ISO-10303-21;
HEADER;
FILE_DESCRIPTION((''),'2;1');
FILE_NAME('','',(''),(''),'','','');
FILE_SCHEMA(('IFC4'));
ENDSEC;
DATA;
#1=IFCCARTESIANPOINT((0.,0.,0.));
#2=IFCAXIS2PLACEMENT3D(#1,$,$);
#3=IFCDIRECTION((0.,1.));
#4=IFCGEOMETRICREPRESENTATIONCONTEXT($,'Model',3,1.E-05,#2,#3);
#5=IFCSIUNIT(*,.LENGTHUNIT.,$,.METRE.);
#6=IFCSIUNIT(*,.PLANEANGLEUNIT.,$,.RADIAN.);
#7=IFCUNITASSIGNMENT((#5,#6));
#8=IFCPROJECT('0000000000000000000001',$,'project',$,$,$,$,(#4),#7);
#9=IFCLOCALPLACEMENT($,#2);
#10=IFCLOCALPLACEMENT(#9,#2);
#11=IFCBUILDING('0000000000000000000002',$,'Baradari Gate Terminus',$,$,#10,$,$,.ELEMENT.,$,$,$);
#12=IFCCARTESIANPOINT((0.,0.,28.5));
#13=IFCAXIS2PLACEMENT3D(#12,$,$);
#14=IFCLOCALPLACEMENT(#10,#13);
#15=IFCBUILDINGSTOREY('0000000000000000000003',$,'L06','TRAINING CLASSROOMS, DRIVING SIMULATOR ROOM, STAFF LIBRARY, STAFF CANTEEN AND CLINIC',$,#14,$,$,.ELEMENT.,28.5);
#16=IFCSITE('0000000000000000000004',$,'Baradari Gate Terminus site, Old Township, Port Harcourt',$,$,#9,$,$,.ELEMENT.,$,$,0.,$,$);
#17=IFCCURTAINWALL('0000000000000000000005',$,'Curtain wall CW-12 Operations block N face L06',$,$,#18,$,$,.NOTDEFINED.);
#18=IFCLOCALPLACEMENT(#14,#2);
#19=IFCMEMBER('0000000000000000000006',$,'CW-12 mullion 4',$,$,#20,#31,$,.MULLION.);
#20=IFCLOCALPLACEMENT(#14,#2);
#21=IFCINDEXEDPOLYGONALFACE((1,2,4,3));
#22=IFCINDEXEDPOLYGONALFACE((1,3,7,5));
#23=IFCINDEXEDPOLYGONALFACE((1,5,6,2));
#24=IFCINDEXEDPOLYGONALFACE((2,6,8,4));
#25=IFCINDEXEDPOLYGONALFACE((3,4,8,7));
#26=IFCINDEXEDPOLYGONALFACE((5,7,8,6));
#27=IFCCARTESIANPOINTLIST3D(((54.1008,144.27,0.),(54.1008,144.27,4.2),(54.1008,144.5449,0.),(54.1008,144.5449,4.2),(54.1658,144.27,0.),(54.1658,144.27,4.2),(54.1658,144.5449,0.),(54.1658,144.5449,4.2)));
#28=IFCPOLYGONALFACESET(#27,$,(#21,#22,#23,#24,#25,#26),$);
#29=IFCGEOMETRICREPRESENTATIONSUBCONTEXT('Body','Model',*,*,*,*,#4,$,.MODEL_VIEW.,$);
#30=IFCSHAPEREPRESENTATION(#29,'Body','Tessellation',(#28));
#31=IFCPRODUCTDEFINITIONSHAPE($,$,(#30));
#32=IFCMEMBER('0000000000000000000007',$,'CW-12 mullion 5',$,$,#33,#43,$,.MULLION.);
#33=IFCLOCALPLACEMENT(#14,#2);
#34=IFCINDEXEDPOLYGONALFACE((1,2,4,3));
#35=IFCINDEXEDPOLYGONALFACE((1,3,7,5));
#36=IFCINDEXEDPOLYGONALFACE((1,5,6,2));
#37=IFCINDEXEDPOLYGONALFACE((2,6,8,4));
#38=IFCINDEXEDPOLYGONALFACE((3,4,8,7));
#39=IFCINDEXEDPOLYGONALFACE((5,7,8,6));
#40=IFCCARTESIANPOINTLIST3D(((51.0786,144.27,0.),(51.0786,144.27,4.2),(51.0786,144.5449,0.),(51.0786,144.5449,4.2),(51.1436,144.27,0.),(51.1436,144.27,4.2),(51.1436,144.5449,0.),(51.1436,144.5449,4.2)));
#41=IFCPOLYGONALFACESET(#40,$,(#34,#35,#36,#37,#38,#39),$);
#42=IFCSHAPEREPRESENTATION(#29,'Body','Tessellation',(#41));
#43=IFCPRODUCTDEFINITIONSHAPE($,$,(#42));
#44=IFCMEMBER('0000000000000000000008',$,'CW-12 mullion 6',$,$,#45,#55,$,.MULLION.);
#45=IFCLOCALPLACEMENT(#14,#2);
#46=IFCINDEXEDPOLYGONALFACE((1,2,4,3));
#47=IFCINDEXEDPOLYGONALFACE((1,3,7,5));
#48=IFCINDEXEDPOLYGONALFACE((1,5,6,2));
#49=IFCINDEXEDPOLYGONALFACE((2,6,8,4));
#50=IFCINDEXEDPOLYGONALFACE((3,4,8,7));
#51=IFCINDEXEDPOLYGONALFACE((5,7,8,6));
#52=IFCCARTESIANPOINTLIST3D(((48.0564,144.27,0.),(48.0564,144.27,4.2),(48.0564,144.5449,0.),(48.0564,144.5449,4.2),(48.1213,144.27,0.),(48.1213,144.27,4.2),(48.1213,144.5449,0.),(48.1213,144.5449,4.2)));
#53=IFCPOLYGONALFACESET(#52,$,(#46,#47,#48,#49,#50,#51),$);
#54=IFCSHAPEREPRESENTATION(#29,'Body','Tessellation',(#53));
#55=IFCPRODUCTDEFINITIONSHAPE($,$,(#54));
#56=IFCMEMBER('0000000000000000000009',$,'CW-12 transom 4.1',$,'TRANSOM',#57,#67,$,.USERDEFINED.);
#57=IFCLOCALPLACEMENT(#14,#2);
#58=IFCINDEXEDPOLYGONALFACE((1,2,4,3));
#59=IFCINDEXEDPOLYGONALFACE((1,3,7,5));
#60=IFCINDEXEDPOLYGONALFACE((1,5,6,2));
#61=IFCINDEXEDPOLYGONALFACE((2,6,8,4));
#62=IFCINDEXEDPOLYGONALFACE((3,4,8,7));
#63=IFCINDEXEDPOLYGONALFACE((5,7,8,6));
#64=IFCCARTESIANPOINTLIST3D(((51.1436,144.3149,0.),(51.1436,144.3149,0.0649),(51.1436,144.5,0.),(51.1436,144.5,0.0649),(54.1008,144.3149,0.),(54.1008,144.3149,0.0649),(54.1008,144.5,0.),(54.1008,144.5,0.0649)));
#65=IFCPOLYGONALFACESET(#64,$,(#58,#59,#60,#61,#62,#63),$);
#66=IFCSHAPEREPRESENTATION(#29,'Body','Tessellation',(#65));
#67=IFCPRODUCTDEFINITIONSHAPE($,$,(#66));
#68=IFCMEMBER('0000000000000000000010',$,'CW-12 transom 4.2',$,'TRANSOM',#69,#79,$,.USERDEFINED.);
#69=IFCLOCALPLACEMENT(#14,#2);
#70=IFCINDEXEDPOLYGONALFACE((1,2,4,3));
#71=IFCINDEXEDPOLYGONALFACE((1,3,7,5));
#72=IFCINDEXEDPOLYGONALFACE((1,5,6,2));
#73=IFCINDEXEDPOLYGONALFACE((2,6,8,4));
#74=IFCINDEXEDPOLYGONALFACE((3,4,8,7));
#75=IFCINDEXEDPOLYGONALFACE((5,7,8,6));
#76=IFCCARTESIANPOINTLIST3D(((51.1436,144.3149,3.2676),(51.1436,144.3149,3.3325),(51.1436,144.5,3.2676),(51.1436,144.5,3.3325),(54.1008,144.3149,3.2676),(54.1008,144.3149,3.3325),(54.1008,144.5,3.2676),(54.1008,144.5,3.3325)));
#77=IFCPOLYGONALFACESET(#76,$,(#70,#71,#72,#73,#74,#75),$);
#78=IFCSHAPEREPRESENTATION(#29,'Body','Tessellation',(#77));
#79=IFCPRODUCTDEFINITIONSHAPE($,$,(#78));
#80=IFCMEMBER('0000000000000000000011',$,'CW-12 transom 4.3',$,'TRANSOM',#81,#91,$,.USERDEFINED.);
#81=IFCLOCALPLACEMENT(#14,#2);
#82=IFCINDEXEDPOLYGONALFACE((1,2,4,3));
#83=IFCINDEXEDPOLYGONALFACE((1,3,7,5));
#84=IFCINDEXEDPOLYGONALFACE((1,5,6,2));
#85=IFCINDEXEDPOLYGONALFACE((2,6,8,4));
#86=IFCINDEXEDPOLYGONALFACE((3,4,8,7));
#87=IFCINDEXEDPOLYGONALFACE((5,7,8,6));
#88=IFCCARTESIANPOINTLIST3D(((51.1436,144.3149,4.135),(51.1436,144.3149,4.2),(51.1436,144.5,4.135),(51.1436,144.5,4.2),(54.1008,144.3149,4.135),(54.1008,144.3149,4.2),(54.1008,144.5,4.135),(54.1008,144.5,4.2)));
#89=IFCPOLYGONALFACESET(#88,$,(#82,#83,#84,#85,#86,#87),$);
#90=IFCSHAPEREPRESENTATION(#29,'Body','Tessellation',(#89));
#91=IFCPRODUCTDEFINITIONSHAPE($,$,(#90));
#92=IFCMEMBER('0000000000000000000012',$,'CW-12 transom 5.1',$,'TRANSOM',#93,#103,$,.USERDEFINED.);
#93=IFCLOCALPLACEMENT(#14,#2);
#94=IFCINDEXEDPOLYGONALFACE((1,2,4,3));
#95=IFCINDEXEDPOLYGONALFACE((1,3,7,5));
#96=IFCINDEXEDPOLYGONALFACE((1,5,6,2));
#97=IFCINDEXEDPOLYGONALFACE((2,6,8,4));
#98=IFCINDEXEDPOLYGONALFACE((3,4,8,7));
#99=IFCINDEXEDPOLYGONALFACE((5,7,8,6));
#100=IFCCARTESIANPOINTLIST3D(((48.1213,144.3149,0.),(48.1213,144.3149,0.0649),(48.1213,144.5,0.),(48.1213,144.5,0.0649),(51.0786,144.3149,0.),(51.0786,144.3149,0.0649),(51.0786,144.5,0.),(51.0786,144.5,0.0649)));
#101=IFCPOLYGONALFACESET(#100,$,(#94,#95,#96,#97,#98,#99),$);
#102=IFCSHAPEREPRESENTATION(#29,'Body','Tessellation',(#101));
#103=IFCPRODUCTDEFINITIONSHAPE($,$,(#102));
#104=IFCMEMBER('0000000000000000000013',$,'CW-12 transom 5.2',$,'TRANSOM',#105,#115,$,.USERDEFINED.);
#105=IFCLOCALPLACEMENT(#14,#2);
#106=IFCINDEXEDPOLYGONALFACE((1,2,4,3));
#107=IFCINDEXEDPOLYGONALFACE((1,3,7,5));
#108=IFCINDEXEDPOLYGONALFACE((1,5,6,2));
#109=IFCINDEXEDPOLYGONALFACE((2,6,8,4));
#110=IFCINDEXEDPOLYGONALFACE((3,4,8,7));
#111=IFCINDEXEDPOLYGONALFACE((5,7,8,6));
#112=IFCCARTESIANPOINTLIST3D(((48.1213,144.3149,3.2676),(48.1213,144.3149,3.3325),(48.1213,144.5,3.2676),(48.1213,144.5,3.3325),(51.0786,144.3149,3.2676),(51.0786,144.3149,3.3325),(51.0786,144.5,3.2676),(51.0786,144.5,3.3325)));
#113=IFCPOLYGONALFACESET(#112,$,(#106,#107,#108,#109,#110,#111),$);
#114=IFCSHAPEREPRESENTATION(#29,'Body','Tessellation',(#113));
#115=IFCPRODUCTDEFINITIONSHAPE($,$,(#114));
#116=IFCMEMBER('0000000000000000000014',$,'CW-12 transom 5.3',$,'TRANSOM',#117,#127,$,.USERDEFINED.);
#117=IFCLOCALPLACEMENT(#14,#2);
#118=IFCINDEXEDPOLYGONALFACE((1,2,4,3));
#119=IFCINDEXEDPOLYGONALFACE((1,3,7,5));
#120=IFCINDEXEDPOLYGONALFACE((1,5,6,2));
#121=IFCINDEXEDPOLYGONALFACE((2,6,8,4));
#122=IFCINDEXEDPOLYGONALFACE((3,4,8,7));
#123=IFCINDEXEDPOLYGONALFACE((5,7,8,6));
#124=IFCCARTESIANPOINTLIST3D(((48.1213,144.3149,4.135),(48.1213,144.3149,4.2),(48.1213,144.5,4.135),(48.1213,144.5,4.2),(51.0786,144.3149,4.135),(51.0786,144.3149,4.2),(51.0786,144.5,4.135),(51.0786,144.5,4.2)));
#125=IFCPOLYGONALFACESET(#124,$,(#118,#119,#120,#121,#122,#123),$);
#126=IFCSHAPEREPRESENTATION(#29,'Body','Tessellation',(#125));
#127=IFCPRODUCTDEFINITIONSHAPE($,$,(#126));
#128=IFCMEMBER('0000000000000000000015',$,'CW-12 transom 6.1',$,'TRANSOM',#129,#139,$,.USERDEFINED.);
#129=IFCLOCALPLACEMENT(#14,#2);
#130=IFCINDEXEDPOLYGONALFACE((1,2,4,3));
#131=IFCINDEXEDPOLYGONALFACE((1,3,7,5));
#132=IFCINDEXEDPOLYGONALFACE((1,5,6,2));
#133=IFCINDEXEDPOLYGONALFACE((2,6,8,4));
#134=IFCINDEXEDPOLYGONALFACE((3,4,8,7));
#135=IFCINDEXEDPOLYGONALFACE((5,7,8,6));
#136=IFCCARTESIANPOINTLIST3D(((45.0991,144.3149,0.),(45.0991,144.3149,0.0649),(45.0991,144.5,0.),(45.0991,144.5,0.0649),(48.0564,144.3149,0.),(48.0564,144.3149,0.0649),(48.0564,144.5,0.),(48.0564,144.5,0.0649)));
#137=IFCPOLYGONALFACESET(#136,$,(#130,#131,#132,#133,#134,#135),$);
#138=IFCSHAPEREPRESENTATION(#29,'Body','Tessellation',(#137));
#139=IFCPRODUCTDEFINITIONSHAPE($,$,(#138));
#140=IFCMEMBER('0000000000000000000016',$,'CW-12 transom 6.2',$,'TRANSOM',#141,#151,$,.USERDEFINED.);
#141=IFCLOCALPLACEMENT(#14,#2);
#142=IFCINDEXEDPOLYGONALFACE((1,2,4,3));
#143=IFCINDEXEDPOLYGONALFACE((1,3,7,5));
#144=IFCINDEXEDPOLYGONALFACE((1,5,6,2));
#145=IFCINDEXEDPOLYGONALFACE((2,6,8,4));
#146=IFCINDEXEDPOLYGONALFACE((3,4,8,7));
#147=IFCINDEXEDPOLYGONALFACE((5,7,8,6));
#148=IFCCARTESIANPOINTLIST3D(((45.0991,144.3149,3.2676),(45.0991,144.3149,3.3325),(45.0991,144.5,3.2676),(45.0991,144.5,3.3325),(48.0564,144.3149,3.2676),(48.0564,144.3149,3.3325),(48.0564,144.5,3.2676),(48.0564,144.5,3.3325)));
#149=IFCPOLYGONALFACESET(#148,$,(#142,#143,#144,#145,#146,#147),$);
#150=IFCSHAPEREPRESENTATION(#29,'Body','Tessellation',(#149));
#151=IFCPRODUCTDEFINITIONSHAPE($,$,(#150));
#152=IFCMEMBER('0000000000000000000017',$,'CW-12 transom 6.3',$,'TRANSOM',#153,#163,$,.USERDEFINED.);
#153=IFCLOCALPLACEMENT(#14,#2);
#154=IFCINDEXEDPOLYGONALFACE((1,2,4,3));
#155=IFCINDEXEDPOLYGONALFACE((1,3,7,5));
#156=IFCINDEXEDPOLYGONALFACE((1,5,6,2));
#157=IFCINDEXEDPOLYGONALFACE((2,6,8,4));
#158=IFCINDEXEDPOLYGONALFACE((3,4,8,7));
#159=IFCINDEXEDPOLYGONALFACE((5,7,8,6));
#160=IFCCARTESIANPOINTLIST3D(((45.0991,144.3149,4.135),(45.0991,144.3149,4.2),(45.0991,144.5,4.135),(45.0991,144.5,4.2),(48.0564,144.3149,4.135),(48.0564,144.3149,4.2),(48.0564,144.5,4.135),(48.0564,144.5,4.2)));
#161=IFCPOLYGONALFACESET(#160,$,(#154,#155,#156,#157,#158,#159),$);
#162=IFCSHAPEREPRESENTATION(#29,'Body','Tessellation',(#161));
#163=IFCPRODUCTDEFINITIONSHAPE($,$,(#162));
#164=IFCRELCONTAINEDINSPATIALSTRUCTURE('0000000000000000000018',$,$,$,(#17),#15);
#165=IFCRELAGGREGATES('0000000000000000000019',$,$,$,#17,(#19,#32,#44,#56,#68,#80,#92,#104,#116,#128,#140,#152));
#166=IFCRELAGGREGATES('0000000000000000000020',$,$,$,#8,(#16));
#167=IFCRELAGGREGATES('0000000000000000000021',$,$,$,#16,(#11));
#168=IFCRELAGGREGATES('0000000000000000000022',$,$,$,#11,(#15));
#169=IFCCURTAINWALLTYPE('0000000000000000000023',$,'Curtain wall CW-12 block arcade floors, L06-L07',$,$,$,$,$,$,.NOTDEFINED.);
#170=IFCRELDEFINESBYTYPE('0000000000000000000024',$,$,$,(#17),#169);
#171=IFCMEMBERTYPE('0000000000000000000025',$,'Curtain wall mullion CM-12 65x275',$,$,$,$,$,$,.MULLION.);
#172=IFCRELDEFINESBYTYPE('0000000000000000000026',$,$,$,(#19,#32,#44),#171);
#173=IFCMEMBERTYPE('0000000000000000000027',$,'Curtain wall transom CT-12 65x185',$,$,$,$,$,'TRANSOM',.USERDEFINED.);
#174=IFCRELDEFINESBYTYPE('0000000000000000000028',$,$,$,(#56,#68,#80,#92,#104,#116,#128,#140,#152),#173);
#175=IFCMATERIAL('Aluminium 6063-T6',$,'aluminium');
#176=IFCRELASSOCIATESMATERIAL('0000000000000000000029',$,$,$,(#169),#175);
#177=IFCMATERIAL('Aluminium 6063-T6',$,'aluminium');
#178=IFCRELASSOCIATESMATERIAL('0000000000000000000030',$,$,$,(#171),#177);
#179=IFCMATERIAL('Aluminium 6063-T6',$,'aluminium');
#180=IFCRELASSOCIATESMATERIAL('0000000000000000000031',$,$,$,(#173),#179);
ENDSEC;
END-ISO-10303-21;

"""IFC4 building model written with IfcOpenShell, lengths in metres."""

from ifc_helpers import new_model, si_unit, direction, frame, origin, origin_2d, place, context, subcontext, project, spatial, rectangle, extrude, material, material_profile, profile_set, type_object, element, aggregate, save


model = new_model("IFC4")

# Units and contexts
model_context = context("Model", 3, precision=1e-05, world=origin(), true_north=direction((0.0, 1.0)))
body_context = subcontext(model_context, "Body", "Model", "MODEL_VIEW")
ifc_project = project(units=[si_unit("LENGTHUNIT", "METRE"), si_unit("PLANEANGLEUNIT", "RADIAN")], contexts=[model_context])

# Site, building, storey
site_placement = place(None, origin())
site = spatial("IfcSite", under=ifc_project, at=site_placement, Name="Baradari Gate Terminus site, Old Township, Port Harcourt", CompositionType="ELEMENT", RefElevation=0.0)
building_placement = place(site_placement, origin())
building = spatial("IfcBuilding", under=site, at=building_placement, Name="Baradari Gate Terminus", CompositionType="ELEMENT")
storey_placement = place(building_placement, frame((0.0, 0.0, 28.5)))
storey = spatial("IfcBuildingStorey", under=building, at=storey_placement, Name="L06", Description="TRAINING CLASSROOMS, DRIVING SIMULATOR ROOM, STAFF LIBRARY, STAFF CANTEEN AND CLINIC", CompositionType="ELEMENT", Elevation=28.5)

# Curtain wall, members
ifc_material_1 = material(Name="Aluminium 6063-T6", Category="aluminium")
curtain_wall_type = type_object("IfcCurtainWallType", Name="Curtain wall CW-12 block arcade floors, L06-L07", PredefinedType="NOTDEFINED", material=ifc_material_1)
curtain_wall_placement = place(storey_placement, origin())
curtain_wall = element("IfcCurtainWall", 1, at=curtain_wall_placement, inside=storey, type_object=curtain_wall_type, Name="Curtain wall CW-12 Operations block N face L06", PredefinedType="NOTDEFINED")
ifc_material_2 = material(Name="Aluminium 6063-T6", Category="aluminium")
ifc_material_profile_1 = material_profile(ifc_material_2, rectangle(XDim=0.2749, YDim=0.0649, at=origin_2d()), Name="CM-12 65X275")
ifc_profile_set_1 = profile_set([ifc_material_profile_1], Name="Aluminium 6063-T6")
member_type_1 = type_object("IfcMemberType", Name="Curtain wall mullion CM-12 65x275", PredefinedType="MULLION", material=ifc_profile_set_1)
member_1_placement = place(storey_placement, frame((54.1333, 144.4075, 0.0), z_axis=(0.0, 0.0, 1.0), x_axis=(0.0, -1.0, 0.0)))
member_1 = element("IfcMember", 2, at=member_1_placement, type_object=member_type_1, Name="CW-12 mullion 4", PredefinedType="MULLION", context=body_context, shape_type="SweptSolid", body=[
    extrude(rectangle(XDim=0.2749, YDim=0.0649, at=origin_2d()), origin(), (0.0, 0.0, 1.0), 4.2),
])
member_2_placement = place(storey_placement, frame((51.1111, 144.4075, 0.0), z_axis=(0.0, 0.0, 1.0), x_axis=(0.0, -1.0, 0.0)))
member_2 = element("IfcMember", 3, at=member_2_placement, type_object=member_type_1, Name="CW-12 mullion 5", PredefinedType="MULLION", context=body_context, shape_type="SweptSolid", body=[
    extrude(rectangle(XDim=0.2749, YDim=0.0649, at=origin_2d()), origin(), (0.0, 0.0, 1.0), 4.2),
])
member_3_placement = place(storey_placement, frame((48.0889, 144.4075, 0.0), z_axis=(0.0, 0.0, 1.0), x_axis=(0.0, -1.0, 0.0)))
member_3 = element("IfcMember", 4, at=member_3_placement, type_object=member_type_1, Name="CW-12 mullion 6", PredefinedType="MULLION", context=body_context, shape_type="SweptSolid", body=[
    extrude(rectangle(XDim=0.2749, YDim=0.0649, at=origin_2d()), origin(), (0.0, 0.0, 1.0), 4.2),
])
ifc_material_3 = material(Name="Aluminium 6063-T6", Category="aluminium")
ifc_material_profile_2 = material_profile(ifc_material_3, rectangle(XDim=0.1851, YDim=0.0649, at=origin_2d()), Name="CT-12 65X185")
ifc_profile_set_2 = profile_set([ifc_material_profile_2], Name="Aluminium 6063-T6")
member_type_2 = type_object("IfcMemberType", Name="Curtain wall transom CT-12 65x185", ElementType="TRANSOM", PredefinedType="USERDEFINED", material=ifc_profile_set_2)
member_4_placement = place(storey_placement, frame((54.1008, 144.4075, 0.0325), z_axis=(-1.0, 0.0, 0.0), x_axis=(0.0, -1.0, 0.0)))
member_4 = element("IfcMember", 5, at=member_4_placement, type_object=member_type_2, Name="CW-12 transom 4.1", ObjectType="TRANSOM", PredefinedType="USERDEFINED", context=body_context, shape_type="SweptSolid", body=[
    extrude(rectangle(XDim=0.1851, YDim=0.0649, at=origin_2d()), origin(), (0.0, 0.0, 1.0), 2.9573),
])
member_5_placement = place(storey_placement, frame((54.1008, 144.4075, 3.3), z_axis=(-1.0, 0.0, 0.0), x_axis=(0.0, -1.0, 0.0)))
member_5 = element("IfcMember", 6, at=member_5_placement, type_object=member_type_2, Name="CW-12 transom 4.2", ObjectType="TRANSOM", PredefinedType="USERDEFINED", context=body_context, shape_type="SweptSolid", body=[
    extrude(rectangle(XDim=0.1851, YDim=0.0649, at=origin_2d()), origin(), (0.0, 0.0, 1.0), 2.9573),
])
member_6_placement = place(storey_placement, frame((54.1008, 144.4075, 4.1675), z_axis=(-1.0, 0.0, 0.0), x_axis=(0.0, -1.0, 0.0)))
member_6 = element("IfcMember", 7, at=member_6_placement, type_object=member_type_2, Name="CW-12 transom 4.3", ObjectType="TRANSOM", PredefinedType="USERDEFINED", context=body_context, shape_type="SweptSolid", body=[
    extrude(rectangle(XDim=0.1851, YDim=0.0649, at=origin_2d()), origin(), (0.0, 0.0, 1.0), 2.9573),
])
member_7_placement = place(storey_placement, frame((51.0786, 144.4075, 0.0325), z_axis=(-1.0, 0.0, 0.0), x_axis=(0.0, -1.0, 0.0)))
member_7 = element("IfcMember", 8, at=member_7_placement, type_object=member_type_2, Name="CW-12 transom 5.1", ObjectType="TRANSOM", PredefinedType="USERDEFINED", context=body_context, shape_type="SweptSolid", body=[
    extrude(rectangle(XDim=0.1851, YDim=0.0649, at=origin_2d()), origin(), (0.0, 0.0, 1.0), 2.9573),
])
member_8_placement = place(storey_placement, frame((51.0786, 144.4075, 3.3), z_axis=(-1.0, 0.0, 0.0), x_axis=(0.0, -1.0, 0.0)))
member_8 = element("IfcMember", 9, at=member_8_placement, type_object=member_type_2, Name="CW-12 transom 5.2", ObjectType="TRANSOM", PredefinedType="USERDEFINED", context=body_context, shape_type="SweptSolid", body=[
    extrude(rectangle(XDim=0.1851, YDim=0.0649, at=origin_2d()), origin(), (0.0, 0.0, 1.0), 2.9573),
])
member_9_placement = place(storey_placement, frame((51.0786, 144.4075, 4.1675), z_axis=(-1.0, 0.0, 0.0), x_axis=(0.0, -1.0, 0.0)))
member_9 = element("IfcMember", 10, at=member_9_placement, type_object=member_type_2, Name="CW-12 transom 5.3", ObjectType="TRANSOM", PredefinedType="USERDEFINED", context=body_context, shape_type="SweptSolid", body=[
    extrude(rectangle(XDim=0.1851, YDim=0.0649, at=origin_2d()), origin(), (0.0, 0.0, 1.0), 2.9573),
])
member_10_placement = place(storey_placement, frame((48.0564, 144.4075, 0.0325), z_axis=(-1.0, 0.0, 0.0), x_axis=(0.0, -1.0, 0.0)))
member_10 = element("IfcMember", 11, at=member_10_placement, type_object=member_type_2, Name="CW-12 transom 6.1", ObjectType="TRANSOM", PredefinedType="USERDEFINED", context=body_context, shape_type="SweptSolid", body=[
    extrude(rectangle(XDim=0.1851, YDim=0.0649, at=origin_2d()), origin(), (0.0, 0.0, 1.0), 2.9573),
])
member_11_placement = place(storey_placement, frame((48.0564, 144.4075, 3.3), z_axis=(-1.0, 0.0, 0.0), x_axis=(0.0, -1.0, 0.0)))
member_11 = element("IfcMember", 12, at=member_11_placement, type_object=member_type_2, Name="CW-12 transom 6.2", ObjectType="TRANSOM", PredefinedType="USERDEFINED", context=body_context, shape_type="SweptSolid", body=[
    extrude(rectangle(XDim=0.1851, YDim=0.0649, at=origin_2d()), origin(), (0.0, 0.0, 1.0), 2.9573),
])
member_12_placement = place(storey_placement, frame((48.0564, 144.4075, 4.1675), z_axis=(-1.0, 0.0, 0.0), x_axis=(0.0, -1.0, 0.0)))
member_12 = element("IfcMember", 13, at=member_12_placement, type_object=member_type_2, Name="CW-12 transom 6.3", ObjectType="TRANSOM", PredefinedType="USERDEFINED", context=body_context, shape_type="SweptSolid", body=[
    extrude(rectangle(XDim=0.1851, YDim=0.0649, at=origin_2d()), origin(), (0.0, 0.0, 1.0), 2.9573),
])

aggregate(curtain_wall, [member_1, member_2, member_3, member_4, member_5, member_6, member_7, member_8, member_9, member_10, member_11, member_12])

save(model, "model.ifc")
